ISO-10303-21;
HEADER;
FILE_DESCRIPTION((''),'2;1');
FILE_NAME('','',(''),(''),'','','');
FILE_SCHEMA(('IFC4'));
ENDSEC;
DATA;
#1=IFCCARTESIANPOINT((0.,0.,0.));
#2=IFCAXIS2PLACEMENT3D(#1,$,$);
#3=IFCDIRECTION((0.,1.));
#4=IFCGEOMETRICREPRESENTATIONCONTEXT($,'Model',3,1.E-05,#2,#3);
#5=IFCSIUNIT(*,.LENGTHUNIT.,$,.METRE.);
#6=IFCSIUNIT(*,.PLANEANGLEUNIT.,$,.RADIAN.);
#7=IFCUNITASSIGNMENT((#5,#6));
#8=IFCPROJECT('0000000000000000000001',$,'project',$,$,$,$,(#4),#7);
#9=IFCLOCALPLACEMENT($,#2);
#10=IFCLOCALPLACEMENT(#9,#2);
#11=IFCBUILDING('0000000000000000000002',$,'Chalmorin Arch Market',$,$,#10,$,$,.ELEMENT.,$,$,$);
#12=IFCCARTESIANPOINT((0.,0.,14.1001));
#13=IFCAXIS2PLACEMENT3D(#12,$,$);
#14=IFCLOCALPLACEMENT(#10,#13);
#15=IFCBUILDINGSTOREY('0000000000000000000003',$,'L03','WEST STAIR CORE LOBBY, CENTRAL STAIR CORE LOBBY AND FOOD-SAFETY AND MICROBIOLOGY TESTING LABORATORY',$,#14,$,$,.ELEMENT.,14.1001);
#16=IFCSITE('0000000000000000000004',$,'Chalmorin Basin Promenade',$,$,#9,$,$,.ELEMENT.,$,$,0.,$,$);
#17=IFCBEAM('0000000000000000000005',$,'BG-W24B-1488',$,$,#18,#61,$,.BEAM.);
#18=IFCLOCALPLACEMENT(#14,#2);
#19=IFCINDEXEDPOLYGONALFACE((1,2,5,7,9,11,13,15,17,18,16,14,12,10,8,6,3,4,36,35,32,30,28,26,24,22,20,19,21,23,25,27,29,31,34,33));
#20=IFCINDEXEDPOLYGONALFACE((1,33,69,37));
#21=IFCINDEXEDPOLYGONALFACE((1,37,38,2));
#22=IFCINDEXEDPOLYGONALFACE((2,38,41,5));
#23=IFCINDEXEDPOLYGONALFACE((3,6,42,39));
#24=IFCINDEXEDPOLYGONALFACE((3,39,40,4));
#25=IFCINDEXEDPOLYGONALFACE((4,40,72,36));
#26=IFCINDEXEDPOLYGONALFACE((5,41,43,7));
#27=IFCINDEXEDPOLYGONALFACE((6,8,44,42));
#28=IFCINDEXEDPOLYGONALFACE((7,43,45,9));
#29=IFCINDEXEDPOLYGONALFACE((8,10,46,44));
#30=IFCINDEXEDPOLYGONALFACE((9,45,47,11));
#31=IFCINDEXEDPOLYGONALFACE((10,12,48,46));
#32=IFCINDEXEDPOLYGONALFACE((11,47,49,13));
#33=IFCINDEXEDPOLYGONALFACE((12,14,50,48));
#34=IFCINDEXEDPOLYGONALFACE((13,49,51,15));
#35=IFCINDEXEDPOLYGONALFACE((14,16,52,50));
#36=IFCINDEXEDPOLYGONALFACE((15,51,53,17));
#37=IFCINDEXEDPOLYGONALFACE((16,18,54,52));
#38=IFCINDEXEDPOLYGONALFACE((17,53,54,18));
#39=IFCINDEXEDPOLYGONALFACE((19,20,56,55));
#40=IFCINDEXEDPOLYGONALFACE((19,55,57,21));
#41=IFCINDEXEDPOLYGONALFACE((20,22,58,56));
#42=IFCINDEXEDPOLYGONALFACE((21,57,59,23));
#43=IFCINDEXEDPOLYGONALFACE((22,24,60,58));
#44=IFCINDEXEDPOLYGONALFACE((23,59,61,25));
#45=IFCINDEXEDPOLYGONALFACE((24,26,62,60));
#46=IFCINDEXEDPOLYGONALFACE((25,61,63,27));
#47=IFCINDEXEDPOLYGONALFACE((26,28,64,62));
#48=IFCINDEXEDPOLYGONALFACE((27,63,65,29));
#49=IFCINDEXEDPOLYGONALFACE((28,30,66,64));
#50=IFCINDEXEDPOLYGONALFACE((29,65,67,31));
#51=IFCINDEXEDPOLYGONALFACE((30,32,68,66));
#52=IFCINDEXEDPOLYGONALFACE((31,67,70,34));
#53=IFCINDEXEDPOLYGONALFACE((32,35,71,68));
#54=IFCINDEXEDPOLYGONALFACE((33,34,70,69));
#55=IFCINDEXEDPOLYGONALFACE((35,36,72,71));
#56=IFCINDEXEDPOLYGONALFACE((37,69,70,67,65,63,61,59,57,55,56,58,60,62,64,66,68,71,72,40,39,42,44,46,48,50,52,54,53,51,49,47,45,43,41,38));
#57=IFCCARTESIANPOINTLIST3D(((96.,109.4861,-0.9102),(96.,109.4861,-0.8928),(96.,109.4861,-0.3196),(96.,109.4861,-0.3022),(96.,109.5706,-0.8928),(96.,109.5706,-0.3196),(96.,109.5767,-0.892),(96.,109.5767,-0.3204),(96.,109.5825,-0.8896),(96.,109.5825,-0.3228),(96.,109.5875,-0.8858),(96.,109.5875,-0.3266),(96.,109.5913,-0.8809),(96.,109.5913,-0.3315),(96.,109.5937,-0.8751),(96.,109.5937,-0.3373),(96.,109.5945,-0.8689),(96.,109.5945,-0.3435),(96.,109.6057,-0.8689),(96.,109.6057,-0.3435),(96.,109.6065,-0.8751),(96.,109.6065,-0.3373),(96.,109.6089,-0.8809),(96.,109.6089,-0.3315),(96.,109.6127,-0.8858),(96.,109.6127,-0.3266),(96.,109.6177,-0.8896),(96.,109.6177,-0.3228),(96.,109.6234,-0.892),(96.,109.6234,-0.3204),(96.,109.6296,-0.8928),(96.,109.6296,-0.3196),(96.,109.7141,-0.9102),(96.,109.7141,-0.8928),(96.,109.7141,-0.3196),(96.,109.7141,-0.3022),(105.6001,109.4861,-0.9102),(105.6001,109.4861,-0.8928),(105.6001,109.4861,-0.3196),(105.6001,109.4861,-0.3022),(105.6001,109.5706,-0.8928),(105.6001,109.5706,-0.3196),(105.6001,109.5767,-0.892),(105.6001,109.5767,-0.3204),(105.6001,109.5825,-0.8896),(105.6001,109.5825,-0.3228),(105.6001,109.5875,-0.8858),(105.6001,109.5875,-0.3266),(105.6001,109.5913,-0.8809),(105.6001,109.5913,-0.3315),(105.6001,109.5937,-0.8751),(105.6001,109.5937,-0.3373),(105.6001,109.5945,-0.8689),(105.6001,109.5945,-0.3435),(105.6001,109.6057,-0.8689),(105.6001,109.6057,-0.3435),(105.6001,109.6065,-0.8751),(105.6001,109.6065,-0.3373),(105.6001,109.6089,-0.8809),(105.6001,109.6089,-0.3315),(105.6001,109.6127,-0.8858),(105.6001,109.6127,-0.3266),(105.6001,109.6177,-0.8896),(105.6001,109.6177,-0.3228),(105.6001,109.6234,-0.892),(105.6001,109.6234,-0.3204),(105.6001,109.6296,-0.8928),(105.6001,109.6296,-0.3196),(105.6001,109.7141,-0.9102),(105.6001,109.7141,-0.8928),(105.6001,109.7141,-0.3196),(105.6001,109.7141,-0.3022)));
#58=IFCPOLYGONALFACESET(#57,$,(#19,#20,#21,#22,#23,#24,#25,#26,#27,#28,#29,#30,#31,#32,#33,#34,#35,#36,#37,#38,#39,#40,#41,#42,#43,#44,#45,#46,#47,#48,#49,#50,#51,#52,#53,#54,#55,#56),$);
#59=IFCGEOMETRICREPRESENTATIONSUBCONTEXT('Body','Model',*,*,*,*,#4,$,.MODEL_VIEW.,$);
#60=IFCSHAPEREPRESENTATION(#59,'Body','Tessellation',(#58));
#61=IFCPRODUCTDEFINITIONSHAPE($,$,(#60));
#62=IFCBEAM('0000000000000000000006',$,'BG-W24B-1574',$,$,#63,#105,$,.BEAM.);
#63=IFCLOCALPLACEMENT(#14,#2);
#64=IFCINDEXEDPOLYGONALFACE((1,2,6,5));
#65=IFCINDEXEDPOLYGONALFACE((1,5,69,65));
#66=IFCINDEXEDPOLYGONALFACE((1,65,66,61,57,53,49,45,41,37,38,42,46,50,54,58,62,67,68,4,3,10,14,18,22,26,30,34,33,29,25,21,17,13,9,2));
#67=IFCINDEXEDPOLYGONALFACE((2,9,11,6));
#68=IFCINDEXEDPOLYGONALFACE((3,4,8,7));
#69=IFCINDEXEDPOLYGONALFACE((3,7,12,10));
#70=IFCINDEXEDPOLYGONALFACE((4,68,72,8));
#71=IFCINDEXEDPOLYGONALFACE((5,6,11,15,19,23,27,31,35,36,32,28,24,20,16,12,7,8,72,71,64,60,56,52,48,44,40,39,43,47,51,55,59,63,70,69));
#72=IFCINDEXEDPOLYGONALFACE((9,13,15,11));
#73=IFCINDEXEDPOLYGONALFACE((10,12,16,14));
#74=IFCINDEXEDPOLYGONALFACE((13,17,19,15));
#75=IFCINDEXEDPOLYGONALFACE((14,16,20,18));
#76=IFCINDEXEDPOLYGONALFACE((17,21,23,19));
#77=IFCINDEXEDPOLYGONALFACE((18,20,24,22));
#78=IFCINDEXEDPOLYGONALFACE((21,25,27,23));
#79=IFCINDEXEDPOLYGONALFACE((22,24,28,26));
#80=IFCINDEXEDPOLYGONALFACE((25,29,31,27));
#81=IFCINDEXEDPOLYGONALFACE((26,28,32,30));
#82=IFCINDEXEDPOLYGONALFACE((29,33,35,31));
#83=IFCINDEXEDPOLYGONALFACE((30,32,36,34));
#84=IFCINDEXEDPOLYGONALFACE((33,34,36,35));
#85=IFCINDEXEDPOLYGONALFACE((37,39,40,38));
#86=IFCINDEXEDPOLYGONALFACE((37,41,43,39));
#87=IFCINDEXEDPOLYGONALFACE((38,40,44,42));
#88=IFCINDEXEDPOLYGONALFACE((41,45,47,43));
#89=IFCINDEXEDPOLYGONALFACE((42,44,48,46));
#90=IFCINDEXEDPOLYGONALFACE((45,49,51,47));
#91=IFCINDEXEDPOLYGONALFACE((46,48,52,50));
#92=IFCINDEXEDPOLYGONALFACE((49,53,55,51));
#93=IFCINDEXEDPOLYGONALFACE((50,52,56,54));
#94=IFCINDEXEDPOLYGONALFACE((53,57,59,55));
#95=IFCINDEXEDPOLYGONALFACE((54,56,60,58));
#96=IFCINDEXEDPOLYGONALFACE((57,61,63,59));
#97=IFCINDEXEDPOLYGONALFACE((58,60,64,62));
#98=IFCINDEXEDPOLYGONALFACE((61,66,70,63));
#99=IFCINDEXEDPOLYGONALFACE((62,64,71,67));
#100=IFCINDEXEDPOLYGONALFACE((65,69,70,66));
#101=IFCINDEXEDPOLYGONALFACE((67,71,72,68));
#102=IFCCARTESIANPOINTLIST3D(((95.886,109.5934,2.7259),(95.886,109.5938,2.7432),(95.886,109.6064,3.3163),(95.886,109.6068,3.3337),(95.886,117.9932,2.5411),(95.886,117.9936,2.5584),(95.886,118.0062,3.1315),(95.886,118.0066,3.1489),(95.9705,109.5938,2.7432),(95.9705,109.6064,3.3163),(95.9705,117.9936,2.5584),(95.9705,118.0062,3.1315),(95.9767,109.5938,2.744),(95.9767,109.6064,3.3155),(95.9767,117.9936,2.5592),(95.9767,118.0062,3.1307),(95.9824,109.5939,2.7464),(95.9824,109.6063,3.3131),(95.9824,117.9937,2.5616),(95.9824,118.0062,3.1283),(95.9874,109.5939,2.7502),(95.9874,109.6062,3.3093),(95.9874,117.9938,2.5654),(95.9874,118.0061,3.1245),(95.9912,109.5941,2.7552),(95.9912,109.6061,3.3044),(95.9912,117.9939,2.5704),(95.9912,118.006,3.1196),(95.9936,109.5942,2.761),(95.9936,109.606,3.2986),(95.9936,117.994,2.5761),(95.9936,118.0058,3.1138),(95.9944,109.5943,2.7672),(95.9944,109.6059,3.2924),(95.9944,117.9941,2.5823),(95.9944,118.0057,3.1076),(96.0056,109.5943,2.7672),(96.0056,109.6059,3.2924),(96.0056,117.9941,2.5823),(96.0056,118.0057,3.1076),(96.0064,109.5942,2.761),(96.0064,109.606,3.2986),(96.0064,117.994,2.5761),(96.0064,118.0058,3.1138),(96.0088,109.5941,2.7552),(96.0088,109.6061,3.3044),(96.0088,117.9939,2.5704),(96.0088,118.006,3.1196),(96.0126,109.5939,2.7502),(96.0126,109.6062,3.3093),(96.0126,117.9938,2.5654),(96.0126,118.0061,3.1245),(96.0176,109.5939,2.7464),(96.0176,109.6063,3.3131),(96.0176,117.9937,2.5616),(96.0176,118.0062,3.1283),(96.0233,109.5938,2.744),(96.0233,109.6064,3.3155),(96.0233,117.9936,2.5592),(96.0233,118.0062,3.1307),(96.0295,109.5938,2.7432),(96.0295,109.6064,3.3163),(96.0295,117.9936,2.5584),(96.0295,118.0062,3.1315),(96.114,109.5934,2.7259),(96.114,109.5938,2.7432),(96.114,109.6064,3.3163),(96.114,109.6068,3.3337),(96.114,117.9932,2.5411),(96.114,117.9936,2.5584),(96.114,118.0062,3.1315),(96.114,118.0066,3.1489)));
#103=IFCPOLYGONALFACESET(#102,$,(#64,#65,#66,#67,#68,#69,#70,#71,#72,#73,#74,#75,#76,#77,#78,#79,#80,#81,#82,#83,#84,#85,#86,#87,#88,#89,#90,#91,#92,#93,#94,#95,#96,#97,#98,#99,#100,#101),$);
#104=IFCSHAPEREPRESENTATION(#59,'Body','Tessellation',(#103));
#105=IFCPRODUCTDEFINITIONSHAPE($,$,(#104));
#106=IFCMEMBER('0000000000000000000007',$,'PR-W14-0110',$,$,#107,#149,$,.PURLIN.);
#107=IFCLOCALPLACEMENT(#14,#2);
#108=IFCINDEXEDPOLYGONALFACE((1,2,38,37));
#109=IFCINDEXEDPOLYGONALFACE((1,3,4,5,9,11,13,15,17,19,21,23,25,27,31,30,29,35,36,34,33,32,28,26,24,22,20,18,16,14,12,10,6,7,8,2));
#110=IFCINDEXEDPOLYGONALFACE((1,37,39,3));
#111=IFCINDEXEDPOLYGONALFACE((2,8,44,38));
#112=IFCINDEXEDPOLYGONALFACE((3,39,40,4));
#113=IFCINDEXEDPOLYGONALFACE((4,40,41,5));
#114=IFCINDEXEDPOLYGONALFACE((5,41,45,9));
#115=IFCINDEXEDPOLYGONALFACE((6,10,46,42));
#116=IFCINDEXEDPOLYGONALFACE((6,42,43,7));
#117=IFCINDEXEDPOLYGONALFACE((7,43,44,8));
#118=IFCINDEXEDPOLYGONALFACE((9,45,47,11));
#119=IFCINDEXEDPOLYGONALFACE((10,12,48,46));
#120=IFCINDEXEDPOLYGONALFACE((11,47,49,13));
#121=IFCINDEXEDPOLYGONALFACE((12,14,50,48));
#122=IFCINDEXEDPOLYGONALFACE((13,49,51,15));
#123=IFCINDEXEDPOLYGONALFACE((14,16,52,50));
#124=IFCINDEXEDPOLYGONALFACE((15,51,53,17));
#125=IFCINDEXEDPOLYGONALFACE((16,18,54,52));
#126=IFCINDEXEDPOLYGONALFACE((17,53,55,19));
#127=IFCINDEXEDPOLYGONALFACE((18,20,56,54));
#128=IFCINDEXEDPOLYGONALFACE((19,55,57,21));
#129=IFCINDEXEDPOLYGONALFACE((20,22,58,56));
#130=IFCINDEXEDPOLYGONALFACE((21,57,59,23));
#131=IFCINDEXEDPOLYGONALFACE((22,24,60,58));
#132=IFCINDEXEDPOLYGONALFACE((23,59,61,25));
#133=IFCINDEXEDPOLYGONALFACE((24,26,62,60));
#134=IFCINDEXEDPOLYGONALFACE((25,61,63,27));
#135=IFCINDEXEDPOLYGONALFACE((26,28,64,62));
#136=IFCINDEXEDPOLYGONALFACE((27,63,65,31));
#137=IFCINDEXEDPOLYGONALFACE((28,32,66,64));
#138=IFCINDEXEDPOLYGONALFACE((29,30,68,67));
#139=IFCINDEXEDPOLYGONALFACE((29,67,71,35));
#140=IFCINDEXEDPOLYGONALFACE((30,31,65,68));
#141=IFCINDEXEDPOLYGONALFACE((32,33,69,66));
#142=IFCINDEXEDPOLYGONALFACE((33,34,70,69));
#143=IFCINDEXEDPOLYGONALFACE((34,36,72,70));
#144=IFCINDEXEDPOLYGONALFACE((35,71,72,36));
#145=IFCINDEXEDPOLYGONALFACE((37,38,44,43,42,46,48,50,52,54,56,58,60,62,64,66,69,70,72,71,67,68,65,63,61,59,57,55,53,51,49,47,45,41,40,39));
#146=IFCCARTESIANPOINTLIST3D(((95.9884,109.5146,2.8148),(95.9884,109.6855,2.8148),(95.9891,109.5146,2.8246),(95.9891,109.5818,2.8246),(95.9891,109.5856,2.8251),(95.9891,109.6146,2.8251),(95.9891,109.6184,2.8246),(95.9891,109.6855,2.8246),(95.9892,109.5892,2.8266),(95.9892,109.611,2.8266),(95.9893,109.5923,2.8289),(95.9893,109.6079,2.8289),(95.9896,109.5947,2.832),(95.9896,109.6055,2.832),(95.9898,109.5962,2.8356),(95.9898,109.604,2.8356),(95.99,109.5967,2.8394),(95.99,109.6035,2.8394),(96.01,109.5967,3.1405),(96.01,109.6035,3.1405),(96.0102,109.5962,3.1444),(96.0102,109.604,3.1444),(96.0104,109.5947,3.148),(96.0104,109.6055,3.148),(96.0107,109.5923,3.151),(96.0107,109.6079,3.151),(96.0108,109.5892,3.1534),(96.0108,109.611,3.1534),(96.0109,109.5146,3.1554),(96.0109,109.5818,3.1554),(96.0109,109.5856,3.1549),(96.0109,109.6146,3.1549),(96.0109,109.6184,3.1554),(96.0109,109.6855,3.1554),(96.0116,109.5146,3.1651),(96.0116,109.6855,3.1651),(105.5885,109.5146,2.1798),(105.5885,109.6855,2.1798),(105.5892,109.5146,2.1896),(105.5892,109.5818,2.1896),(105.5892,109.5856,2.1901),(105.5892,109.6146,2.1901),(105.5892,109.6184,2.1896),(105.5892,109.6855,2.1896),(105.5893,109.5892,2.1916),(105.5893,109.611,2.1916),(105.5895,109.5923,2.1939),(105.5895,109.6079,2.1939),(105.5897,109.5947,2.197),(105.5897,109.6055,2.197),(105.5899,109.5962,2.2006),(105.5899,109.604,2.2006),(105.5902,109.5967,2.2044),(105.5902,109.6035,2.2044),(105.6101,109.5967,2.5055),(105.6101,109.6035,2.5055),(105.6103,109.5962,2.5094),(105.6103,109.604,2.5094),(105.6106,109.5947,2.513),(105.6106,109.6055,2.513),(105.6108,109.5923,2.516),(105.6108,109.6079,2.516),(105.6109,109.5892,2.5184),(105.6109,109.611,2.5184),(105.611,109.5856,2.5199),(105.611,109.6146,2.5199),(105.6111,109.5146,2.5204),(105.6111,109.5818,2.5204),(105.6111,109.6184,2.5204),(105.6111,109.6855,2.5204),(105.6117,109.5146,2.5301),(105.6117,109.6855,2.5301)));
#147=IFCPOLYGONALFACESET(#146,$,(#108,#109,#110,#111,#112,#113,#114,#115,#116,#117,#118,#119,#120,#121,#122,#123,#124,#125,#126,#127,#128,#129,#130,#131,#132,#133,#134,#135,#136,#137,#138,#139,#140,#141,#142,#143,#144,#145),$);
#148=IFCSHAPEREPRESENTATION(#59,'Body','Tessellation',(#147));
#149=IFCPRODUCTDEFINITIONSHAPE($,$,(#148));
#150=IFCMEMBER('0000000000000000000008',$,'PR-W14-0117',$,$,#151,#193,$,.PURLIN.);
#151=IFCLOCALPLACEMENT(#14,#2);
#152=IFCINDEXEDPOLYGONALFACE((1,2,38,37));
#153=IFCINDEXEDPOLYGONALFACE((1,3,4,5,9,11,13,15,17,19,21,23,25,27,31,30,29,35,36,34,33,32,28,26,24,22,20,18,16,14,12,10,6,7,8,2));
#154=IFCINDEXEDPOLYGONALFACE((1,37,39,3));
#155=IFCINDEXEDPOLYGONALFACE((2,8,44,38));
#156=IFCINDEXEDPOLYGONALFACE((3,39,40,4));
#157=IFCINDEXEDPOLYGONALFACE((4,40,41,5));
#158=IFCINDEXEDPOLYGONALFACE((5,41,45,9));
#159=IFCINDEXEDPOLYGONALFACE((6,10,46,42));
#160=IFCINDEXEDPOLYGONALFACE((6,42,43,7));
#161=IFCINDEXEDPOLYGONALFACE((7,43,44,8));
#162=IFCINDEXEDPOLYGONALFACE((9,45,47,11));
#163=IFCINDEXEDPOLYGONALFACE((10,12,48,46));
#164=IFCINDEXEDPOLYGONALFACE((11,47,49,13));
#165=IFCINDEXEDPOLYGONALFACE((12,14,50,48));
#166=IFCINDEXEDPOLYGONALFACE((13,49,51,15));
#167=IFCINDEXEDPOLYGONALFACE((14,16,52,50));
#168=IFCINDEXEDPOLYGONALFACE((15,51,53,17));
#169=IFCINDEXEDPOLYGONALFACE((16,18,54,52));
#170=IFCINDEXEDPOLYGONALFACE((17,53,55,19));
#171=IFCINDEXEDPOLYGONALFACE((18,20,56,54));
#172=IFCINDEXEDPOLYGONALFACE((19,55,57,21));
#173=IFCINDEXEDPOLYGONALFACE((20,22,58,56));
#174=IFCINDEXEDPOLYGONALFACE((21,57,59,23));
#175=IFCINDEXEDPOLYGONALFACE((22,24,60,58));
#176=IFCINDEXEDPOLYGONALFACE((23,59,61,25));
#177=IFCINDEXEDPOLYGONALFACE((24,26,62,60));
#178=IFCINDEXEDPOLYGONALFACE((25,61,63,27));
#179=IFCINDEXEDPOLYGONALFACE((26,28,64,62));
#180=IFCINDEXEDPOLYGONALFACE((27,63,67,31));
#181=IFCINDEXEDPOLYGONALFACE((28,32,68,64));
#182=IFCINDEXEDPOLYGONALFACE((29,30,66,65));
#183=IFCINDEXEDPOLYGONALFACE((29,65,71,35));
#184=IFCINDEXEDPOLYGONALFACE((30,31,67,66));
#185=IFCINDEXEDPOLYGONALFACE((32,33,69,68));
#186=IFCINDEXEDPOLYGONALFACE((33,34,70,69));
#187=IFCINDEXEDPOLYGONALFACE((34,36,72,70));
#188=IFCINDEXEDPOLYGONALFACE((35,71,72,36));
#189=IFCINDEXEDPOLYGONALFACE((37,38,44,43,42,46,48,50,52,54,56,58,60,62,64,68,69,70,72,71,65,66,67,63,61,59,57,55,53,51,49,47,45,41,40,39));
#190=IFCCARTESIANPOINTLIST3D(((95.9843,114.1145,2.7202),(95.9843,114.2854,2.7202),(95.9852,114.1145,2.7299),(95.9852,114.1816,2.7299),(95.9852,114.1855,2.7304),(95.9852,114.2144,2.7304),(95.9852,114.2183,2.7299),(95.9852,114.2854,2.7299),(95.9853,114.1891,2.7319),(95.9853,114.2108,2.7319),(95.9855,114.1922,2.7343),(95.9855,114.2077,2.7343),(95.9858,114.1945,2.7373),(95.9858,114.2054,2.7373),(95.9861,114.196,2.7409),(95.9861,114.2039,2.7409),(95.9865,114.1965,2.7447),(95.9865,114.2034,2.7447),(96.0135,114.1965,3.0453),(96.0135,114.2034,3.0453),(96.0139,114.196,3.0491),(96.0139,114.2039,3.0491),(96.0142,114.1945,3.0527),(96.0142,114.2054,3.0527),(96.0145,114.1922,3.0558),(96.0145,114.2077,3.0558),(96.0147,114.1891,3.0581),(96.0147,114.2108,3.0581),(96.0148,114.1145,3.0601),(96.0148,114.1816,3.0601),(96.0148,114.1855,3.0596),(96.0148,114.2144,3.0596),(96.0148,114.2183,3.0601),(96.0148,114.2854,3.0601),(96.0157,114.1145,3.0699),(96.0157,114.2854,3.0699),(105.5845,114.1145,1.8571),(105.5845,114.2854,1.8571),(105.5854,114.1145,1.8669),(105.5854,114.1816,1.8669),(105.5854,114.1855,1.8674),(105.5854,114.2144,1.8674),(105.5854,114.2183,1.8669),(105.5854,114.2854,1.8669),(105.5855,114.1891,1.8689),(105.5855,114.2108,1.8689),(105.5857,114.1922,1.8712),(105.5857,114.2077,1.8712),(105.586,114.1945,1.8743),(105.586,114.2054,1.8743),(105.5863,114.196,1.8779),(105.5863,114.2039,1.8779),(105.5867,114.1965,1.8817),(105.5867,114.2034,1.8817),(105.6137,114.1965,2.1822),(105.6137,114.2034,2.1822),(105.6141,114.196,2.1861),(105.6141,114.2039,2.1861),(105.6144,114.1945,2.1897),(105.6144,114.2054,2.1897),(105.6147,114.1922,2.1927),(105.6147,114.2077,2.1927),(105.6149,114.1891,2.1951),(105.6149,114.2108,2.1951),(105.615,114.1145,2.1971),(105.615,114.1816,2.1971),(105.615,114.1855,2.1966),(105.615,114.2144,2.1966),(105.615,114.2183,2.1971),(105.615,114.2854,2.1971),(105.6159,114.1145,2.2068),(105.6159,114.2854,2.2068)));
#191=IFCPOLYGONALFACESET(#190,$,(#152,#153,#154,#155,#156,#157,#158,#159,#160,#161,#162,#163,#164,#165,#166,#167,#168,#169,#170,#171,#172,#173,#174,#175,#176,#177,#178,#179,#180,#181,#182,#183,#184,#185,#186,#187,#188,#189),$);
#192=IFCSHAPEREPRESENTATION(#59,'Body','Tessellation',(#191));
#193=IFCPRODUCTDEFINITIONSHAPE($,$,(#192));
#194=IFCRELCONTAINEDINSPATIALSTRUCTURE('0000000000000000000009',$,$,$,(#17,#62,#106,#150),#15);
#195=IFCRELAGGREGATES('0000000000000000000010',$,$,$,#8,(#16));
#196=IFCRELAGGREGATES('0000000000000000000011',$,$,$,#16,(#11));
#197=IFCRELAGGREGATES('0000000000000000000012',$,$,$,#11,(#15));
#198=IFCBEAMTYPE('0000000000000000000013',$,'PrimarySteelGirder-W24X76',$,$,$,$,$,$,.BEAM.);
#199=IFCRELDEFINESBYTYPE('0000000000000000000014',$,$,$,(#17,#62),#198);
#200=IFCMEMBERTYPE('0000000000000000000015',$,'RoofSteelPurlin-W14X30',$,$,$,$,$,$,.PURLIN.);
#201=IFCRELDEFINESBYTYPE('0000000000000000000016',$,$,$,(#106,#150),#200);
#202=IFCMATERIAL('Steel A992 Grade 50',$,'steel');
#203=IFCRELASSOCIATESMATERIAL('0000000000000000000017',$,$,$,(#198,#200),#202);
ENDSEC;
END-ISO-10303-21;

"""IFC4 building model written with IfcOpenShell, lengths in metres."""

from ifc_helpers import new_model, si_unit, direction, frame, origin, origin_2d, place, context, subcontext, project, spatial, i_section, extrude, material, material_profile, profile_set, type_object, element, save


model = new_model("IFC4")

# Units and contexts
model_context = context("Model", 3, precision=1e-05, world=origin(), true_north=direction((0.0, 1.0)))
body_context = subcontext(model_context, "Body", "Model", "MODEL_VIEW")
ifc_project = project(units=[si_unit("LENGTHUNIT", "METRE"), si_unit("PLANEANGLEUNIT", "RADIAN")], contexts=[model_context])

# Site, building, storey
site_placement = place(None, origin())
site = spatial("IfcSite", under=ifc_project, at=site_placement, Name="Chalmorin Basin Promenade", CompositionType="ELEMENT", RefElevation=0.0)
building_placement = place(site_placement, origin())
building = spatial("IfcBuilding", under=site, at=building_placement, Name="Chalmorin Arch Market", CompositionType="ELEMENT")
storey_placement = place(building_placement, frame((0.0, 0.0, 14.1001)))
storey = spatial("IfcBuildingStorey", under=building, at=storey_placement, Name="L03", Description="WEST STAIR CORE LOBBY, CENTRAL STAIR CORE LOBBY AND FOOD-SAFETY AND MICROBIOLOGY TESTING LABORATORY", CompositionType="ELEMENT", Elevation=14.1001)

# Beams
ifc_material_1 = material(Name="Steel A992 Grade 50", Category="steel")
ifc_material_profile_1 = material_profile(ifc_material_1, i_section(OverallWidth=0.228, OverallDepth=0.6079, WebThickness=0.0112, FlangeThickness=0.0173, FilletRadius=0.0239, at=origin_2d()), Name="W24X76")
ifc_profile_set_1 = profile_set([ifc_material_profile_1], Name="Steel A992 Grade 50")
beam_type_1 = type_object("IfcBeamType", Name="PrimarySteelGirder-W24X76", PredefinedType="BEAM", material=ifc_profile_set_1)
beam_1_placement = place(storey_placement, frame((96.0, 109.6001, -0.6062), z_axis=(1.0, 0.0, 0.0), x_axis=(0.0, 1.0, 0.0)))
element("IfcBeam", 1, at=beam_1_placement, inside=storey, type_object=beam_type_1, Name="BG-W24B-1488", PredefinedType="BEAM", context=body_context, shape_type="SweptSolid", body=[
    extrude(i_section(OverallWidth=0.228, OverallDepth=0.6079, WebThickness=0.0112, FlangeThickness=0.0173, FilletRadius=0.0239, at=origin_2d()), origin(), (0.0, 0.0, 1.0), 9.6001),
])
beam_2_placement = place(storey_placement, frame((96.0, 109.6001, 3.0298), z_axis=(0.0, 0.999758, -0.021997), x_axis=(-1.0, 0.0, 0.0)))
element("IfcBeam", 2, at=beam_2_placement, inside=storey, type_object=beam_type_1, Name="BG-W24B-1574", PredefinedType="BEAM", context=body_context, shape_type="SweptSolid", body=[
    extrude(i_section(OverallWidth=0.228, OverallDepth=0.6079, WebThickness=0.0112, FlangeThickness=0.0173, FilletRadius=0.0239, at=origin_2d()), origin(), (0.0, 0.0, 1.0), 8.4019),
])

# Members
ifc_material_profile_2 = material_profile(ifc_material_1, i_section(OverallWidth=0.1709, OverallDepth=0.3511, WebThickness=0.0068, FlangeThickness=0.0098, FilletRadius=0.0149, at=origin_2d()), Name="W14X30")
ifc_profile_set_2 = profile_set([ifc_material_profile_2], Name="Steel A992 Grade 50")
member_type_1 = type_object("IfcMemberType", Name="RoofSteelPurlin-W14X30", PredefinedType="PURLIN", material=ifc_profile_set_2)
member_1_placement = place(storey_placement, frame((96.0, 109.6001, 2.99), z_axis=(0.997819, 0.0, -0.066002), x_axis=(0.0, 1.0, 0.0)))
element("IfcMember", 3, at=member_1_placement, inside=storey, type_object=member_type_1, Name="PR-W14-0110", PredefinedType="PURLIN", context=body_context, shape_type="SweptSolid", body=[
    extrude(i_section(OverallWidth=0.1709, OverallDepth=0.3511, WebThickness=0.0068, FlangeThickness=0.0098, FilletRadius=0.0149, at=origin_2d()), origin(), (0.0, 0.0, 1.0), 9.6211),
])
member_2_placement = place(storey_placement, frame((96.0, 114.2, 2.895), z_axis=(0.995983, 0.0, -0.089538), x_axis=(0.0, 1.0, 0.0)))
element("IfcMember", 4, at=member_2_placement, inside=storey, type_object=member_type_1, Name="PR-W14-0117", PredefinedType="PURLIN", context=body_context, shape_type="SweptSolid", body=[
    extrude(i_section(OverallWidth=0.1709, OverallDepth=0.3511, WebThickness=0.0068, FlangeThickness=0.0098, FilletRadius=0.0149, at=origin_2d()), origin(), (0.0, 0.0, 1.0), 9.6389),
])

save(model, "model.ifc")
